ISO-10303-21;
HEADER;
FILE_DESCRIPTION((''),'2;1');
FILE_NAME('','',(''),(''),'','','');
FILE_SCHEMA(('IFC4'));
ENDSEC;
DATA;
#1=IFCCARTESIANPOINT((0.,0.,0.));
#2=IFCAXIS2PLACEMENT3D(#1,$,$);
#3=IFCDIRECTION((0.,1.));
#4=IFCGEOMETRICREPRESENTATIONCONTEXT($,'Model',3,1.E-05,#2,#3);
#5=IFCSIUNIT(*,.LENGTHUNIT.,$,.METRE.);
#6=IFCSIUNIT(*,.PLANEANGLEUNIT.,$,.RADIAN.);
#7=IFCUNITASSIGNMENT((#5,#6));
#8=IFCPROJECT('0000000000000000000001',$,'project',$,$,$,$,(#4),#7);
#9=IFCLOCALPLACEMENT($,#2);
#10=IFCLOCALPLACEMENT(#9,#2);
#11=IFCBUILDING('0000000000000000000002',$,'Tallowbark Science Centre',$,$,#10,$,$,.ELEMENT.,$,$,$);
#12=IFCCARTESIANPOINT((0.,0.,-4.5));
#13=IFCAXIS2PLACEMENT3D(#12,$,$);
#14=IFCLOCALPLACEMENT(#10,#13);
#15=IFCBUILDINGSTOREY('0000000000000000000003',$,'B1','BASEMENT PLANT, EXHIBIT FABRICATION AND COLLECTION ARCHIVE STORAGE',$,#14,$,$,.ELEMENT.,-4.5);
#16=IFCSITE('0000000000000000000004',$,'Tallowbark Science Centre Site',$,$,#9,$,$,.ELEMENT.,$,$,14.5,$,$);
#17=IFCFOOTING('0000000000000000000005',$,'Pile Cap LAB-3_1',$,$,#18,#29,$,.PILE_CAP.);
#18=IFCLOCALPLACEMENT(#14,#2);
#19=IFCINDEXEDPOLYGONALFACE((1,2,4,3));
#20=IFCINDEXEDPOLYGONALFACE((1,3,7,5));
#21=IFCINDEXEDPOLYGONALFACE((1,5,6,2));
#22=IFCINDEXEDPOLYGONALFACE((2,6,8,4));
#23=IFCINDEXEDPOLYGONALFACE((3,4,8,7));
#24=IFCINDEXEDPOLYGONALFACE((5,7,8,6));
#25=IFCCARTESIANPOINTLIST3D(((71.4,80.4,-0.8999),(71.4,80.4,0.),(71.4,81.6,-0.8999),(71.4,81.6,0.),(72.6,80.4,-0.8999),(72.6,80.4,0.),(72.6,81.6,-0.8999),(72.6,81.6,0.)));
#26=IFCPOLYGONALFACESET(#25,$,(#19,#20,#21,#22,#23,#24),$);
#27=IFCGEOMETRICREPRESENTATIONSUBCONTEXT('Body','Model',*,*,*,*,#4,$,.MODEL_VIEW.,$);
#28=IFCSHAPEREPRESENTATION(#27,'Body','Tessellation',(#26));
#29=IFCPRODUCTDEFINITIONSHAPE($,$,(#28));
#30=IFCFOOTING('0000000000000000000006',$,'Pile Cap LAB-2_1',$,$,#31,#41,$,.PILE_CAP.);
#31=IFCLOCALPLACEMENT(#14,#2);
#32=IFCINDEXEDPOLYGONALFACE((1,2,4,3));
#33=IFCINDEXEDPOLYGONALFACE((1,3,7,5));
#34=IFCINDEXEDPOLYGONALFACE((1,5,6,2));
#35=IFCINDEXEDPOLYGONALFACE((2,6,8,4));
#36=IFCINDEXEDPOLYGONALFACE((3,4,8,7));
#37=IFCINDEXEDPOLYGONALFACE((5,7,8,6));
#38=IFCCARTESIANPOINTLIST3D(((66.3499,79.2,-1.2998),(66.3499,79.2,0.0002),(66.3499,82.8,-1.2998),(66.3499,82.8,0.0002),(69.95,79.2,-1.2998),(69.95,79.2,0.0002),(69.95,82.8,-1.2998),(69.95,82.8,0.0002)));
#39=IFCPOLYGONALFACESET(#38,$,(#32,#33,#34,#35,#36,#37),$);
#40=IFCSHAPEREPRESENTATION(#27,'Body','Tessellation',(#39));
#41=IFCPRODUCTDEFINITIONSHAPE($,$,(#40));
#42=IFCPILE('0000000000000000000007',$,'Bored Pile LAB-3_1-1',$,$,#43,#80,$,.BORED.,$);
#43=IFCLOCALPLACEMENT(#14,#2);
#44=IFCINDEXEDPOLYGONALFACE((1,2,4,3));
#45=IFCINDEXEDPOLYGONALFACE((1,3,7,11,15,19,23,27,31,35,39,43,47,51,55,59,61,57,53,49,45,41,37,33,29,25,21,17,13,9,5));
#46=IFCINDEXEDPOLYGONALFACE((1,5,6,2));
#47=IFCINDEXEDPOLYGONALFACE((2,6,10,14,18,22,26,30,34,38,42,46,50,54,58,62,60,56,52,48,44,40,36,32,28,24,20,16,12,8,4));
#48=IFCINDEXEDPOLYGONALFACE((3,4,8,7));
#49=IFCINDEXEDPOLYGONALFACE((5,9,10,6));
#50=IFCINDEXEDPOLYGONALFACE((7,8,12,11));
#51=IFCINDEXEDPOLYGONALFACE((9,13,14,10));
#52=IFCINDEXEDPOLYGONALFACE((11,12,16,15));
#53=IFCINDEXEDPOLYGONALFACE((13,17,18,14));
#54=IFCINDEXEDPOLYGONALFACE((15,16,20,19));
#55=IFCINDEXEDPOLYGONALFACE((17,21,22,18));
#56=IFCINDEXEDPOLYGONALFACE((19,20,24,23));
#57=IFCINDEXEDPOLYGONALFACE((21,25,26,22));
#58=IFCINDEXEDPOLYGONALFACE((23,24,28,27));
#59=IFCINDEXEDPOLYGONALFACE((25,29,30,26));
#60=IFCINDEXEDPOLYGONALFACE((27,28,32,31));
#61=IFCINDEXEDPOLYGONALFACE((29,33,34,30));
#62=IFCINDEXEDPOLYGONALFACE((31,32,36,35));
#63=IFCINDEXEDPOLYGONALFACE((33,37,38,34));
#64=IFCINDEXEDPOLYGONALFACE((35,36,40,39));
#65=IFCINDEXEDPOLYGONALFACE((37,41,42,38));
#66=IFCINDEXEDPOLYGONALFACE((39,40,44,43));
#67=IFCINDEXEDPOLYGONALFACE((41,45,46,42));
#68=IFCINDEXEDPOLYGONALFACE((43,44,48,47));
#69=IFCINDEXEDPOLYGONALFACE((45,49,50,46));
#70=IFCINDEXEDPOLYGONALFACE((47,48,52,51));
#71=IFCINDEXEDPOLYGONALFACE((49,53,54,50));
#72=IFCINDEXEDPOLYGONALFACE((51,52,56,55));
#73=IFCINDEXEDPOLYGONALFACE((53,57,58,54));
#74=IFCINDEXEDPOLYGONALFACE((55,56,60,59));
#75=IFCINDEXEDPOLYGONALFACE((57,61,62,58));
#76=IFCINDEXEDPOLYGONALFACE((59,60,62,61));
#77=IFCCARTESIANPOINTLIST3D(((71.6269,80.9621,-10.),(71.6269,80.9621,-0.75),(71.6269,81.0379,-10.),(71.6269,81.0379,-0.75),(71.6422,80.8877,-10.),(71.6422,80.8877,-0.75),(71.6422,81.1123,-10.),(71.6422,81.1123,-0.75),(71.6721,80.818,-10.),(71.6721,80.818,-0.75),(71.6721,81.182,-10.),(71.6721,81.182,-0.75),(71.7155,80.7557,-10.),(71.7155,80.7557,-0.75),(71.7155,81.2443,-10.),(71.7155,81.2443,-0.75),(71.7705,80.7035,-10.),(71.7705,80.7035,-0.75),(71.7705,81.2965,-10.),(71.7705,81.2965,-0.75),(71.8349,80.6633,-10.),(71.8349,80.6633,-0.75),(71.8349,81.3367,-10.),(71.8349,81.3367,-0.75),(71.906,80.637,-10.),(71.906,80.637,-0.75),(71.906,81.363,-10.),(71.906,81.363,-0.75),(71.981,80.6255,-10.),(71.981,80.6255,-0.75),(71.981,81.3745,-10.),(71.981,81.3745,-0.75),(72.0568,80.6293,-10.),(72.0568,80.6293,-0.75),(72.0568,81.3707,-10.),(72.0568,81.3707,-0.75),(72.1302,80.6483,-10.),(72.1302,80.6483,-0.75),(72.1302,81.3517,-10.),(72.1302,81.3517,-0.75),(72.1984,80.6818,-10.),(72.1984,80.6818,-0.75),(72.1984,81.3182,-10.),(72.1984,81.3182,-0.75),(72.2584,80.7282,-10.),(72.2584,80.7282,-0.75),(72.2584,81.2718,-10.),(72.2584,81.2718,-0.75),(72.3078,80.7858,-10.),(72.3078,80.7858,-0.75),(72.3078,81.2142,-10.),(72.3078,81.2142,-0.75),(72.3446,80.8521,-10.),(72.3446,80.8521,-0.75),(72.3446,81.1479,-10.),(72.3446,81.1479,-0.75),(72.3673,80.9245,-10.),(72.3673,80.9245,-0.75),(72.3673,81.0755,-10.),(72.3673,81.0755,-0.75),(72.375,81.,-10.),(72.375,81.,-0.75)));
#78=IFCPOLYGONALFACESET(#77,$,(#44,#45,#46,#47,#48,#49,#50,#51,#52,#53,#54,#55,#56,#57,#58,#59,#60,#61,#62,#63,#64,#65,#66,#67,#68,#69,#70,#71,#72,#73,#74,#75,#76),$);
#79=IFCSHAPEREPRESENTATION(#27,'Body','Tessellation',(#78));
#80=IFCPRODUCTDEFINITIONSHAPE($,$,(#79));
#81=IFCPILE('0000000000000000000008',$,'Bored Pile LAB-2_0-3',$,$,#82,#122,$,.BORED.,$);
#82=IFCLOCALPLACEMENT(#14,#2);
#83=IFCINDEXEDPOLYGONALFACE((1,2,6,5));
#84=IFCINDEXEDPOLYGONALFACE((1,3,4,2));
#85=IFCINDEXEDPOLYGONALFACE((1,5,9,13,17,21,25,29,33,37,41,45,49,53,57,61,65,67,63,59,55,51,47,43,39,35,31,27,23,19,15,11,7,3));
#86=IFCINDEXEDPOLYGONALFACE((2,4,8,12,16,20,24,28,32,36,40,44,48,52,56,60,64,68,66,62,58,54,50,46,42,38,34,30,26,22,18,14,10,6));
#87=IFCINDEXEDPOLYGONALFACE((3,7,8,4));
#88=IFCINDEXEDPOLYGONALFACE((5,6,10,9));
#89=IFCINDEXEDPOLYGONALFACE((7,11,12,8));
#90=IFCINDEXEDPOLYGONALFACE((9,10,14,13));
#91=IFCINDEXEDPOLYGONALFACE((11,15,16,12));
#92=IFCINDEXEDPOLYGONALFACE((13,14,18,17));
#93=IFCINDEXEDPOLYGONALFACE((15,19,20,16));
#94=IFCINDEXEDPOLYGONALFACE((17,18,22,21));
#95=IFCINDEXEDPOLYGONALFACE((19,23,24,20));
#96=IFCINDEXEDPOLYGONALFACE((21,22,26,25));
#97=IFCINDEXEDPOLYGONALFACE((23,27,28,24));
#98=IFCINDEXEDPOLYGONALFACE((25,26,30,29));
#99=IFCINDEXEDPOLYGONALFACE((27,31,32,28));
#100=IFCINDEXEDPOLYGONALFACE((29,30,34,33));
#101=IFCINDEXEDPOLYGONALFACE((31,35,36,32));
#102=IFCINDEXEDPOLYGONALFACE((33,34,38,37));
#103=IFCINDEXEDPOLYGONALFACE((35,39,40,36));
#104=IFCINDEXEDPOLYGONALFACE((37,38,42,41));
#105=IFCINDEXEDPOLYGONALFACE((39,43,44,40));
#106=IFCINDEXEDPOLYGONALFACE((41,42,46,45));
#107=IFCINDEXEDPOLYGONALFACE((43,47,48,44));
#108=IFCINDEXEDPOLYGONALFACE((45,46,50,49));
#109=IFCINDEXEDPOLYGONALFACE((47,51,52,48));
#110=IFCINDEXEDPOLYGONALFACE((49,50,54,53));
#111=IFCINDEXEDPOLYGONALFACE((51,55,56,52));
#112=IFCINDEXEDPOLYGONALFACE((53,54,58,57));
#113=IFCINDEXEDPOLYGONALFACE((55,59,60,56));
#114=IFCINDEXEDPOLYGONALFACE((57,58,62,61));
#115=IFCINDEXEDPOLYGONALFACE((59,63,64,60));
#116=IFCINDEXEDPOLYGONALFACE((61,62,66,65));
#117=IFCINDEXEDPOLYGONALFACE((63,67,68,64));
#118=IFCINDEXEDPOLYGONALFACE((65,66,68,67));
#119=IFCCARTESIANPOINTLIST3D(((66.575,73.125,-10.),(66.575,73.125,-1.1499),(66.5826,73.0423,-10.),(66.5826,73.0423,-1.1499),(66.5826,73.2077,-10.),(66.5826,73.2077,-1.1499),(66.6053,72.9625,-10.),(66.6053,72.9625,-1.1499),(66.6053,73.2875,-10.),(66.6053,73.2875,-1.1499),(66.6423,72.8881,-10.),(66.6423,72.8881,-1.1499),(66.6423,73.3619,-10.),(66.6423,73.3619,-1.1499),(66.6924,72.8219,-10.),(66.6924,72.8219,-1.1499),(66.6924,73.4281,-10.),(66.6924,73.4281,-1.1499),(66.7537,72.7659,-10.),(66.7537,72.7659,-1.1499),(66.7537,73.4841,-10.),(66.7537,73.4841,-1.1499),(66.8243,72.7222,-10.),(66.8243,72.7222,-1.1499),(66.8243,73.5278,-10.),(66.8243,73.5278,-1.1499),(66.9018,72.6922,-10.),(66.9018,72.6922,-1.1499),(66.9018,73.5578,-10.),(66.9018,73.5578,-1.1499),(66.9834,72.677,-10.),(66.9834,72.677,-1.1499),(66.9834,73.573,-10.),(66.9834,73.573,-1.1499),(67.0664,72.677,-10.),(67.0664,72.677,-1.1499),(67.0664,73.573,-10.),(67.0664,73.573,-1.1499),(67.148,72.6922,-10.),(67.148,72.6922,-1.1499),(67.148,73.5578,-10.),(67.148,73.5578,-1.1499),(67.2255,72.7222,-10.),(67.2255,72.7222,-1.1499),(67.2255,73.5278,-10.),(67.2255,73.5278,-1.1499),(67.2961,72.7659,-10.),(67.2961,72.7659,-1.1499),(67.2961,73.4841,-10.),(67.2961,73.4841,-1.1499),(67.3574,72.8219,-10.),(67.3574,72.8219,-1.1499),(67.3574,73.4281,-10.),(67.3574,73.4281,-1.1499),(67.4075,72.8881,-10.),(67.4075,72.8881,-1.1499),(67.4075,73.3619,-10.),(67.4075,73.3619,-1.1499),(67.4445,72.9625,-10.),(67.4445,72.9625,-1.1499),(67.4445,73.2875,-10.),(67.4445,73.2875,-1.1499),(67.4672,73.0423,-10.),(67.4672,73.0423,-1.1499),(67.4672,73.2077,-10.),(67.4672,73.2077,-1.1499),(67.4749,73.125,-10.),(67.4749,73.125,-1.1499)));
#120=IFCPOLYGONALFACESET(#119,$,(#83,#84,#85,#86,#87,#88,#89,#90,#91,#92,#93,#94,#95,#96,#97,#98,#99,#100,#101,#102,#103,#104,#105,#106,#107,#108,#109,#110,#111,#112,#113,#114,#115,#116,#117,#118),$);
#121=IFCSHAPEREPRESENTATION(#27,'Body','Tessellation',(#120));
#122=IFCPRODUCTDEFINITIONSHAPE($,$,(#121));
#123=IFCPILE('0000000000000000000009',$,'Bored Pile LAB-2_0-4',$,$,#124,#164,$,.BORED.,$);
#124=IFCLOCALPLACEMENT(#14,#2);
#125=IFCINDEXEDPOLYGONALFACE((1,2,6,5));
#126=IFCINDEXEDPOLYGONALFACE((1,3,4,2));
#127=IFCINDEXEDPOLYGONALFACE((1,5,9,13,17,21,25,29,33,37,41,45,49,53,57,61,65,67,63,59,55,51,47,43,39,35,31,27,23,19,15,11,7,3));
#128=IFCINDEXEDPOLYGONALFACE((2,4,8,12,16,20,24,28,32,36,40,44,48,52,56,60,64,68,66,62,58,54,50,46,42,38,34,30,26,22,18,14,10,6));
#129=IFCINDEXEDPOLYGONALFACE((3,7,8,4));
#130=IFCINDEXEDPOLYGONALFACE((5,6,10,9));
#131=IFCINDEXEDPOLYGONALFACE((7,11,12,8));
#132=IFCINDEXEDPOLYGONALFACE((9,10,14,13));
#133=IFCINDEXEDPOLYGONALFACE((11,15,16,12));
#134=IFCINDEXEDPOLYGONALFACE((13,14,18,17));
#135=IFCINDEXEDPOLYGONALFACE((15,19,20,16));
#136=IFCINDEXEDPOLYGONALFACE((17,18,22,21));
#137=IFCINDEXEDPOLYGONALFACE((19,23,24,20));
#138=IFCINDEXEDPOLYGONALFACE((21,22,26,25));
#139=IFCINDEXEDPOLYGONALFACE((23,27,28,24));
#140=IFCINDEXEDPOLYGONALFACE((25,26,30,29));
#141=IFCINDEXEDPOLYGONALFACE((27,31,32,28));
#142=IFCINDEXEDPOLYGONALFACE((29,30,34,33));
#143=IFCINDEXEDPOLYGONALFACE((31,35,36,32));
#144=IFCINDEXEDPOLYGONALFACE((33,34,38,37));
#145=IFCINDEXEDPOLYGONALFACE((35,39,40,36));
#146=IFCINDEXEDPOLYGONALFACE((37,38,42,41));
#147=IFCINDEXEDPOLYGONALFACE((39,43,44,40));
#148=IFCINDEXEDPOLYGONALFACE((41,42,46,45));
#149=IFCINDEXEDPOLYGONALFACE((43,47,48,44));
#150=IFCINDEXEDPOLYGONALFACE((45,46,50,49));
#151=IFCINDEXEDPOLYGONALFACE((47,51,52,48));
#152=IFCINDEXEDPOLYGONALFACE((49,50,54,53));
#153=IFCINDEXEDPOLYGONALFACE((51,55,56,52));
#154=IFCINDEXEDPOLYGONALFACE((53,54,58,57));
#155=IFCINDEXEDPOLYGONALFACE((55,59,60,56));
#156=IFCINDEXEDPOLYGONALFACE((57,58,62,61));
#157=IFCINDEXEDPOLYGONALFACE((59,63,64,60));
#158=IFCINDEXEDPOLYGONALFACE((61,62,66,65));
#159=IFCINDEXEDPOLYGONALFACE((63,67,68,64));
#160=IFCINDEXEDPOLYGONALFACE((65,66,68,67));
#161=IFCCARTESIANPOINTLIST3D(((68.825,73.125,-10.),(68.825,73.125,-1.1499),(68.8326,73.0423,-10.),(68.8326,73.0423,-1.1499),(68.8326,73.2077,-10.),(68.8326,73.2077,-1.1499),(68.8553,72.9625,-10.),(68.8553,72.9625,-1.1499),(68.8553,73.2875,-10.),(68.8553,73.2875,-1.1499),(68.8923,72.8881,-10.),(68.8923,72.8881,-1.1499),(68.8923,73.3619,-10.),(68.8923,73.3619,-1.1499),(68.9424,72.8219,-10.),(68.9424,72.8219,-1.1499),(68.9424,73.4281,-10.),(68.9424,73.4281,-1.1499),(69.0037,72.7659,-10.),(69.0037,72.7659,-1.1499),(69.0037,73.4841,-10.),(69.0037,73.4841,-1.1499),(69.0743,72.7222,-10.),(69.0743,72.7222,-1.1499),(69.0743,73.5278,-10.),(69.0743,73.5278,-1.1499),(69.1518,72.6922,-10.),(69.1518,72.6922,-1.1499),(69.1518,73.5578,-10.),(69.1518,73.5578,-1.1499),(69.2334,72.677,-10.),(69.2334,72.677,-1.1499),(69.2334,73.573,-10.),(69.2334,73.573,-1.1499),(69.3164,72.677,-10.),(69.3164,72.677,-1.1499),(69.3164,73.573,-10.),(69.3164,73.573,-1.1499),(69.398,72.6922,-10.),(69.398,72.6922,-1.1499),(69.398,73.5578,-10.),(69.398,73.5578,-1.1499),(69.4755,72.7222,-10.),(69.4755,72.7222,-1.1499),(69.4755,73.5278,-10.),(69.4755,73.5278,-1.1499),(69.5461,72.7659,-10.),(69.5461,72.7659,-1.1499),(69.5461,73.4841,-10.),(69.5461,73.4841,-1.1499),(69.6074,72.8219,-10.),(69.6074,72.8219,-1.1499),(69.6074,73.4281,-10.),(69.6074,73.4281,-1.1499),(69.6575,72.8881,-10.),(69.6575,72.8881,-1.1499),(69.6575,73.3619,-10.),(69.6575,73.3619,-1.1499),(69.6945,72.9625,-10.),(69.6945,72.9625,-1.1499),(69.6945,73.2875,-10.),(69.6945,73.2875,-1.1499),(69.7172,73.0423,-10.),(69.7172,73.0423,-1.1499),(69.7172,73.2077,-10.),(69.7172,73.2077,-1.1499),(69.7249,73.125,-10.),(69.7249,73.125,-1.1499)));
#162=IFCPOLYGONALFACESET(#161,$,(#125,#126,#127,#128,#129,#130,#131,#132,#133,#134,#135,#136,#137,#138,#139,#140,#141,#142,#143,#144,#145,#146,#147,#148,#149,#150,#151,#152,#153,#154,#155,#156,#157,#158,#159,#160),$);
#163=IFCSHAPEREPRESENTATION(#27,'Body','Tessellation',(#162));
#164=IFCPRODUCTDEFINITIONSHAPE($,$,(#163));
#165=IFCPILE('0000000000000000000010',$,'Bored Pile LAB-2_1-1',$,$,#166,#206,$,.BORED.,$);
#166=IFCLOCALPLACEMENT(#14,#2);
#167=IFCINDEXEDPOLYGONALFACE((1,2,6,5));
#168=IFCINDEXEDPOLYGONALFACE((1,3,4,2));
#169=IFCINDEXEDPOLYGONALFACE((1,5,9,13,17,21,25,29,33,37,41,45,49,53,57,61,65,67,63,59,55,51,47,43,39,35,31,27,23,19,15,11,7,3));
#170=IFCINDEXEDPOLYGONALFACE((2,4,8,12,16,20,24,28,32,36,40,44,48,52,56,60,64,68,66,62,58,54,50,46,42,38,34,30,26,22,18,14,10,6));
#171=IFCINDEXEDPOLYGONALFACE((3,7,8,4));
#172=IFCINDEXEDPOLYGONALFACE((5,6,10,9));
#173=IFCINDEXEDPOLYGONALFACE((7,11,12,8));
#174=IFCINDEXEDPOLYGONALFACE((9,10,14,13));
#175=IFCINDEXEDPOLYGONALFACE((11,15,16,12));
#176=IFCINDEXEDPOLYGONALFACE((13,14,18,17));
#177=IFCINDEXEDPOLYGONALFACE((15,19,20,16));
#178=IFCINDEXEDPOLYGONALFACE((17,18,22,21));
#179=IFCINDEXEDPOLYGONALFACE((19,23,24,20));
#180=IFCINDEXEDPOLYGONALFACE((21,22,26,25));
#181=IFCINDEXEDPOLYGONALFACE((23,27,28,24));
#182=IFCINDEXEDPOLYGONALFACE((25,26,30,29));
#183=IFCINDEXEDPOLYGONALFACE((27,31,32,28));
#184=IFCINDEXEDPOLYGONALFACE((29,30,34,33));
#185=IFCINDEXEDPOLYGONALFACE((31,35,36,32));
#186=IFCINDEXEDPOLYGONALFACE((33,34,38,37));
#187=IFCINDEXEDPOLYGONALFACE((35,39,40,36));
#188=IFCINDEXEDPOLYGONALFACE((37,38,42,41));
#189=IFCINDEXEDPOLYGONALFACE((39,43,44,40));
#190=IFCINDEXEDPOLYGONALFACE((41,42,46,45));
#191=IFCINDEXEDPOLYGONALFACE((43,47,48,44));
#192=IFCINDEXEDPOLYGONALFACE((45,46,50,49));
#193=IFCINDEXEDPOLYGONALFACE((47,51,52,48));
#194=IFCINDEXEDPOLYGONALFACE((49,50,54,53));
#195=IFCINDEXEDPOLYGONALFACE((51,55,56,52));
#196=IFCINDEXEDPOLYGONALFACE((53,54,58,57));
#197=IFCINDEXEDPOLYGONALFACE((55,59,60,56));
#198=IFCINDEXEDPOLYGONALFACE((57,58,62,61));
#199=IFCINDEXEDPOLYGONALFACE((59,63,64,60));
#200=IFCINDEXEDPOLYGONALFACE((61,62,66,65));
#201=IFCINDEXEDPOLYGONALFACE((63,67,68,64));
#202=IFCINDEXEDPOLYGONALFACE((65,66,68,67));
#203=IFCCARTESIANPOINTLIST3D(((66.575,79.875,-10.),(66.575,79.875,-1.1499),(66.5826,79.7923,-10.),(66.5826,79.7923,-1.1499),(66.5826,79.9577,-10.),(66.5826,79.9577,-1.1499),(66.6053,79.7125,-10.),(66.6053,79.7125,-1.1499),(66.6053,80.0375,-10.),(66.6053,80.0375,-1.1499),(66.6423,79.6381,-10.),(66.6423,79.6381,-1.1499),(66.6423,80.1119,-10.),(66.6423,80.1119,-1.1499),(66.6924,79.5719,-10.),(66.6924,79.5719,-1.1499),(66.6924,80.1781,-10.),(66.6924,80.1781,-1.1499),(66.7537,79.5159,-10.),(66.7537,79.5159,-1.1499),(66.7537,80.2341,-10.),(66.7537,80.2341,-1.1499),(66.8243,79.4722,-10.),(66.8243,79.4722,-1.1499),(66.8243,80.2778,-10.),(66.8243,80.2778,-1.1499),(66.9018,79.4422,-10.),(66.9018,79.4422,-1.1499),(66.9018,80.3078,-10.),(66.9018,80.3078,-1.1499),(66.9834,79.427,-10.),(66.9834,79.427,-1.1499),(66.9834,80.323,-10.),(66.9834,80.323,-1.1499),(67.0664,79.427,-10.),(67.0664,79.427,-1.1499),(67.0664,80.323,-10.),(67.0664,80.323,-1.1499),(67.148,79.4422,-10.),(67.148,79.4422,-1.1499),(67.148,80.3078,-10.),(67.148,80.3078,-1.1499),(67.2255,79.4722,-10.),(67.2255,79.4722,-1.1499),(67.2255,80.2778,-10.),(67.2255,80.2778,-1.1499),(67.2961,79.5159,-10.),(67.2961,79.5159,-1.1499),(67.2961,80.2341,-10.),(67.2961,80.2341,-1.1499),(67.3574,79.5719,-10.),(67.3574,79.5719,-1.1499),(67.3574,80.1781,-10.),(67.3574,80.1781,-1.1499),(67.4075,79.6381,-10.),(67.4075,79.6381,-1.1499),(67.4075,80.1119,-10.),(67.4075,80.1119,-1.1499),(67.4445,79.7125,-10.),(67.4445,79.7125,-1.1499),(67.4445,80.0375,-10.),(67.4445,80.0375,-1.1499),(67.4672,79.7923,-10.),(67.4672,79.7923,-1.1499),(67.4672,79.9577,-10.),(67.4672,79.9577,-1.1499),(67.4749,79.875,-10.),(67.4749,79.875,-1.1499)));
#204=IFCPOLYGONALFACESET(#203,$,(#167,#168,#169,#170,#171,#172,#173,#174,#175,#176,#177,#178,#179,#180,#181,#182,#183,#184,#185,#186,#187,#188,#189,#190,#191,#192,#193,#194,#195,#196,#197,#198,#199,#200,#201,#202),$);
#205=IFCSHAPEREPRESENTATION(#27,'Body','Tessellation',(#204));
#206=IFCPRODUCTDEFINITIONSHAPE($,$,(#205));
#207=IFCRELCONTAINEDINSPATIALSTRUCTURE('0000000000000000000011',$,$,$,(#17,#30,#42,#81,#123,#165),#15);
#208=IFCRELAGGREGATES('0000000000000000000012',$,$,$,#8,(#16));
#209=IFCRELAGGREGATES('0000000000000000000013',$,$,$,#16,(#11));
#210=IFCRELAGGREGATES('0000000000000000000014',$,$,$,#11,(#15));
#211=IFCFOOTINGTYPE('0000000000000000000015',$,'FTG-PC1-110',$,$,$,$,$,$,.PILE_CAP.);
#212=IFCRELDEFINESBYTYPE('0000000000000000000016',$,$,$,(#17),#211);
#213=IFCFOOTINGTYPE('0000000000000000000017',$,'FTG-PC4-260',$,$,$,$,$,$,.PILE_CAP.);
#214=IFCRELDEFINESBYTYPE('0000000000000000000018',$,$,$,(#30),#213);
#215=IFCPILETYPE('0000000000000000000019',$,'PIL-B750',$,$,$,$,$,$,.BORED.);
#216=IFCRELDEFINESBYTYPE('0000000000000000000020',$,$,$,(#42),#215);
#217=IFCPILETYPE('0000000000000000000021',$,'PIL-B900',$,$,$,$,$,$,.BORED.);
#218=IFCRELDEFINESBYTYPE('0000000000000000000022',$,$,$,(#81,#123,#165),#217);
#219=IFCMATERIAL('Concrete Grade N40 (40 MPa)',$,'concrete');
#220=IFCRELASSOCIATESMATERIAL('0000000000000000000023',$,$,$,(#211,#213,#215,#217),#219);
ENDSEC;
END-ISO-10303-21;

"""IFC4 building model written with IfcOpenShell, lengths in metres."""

from ifc_helpers import new_model, si_unit, direction, frame, origin, origin_2d, place, context, subcontext, project, spatial, rectangle, circle, extrude, material, material_profile, profile_set, type_object, element, save


model = new_model("IFC4")

# Units and contexts
model_context = context("Model", 3, precision=1e-05, world=origin(), true_north=direction((0.0, 1.0)))
body_context = subcontext(model_context, "Body", "Model", "MODEL_VIEW")
ifc_project = project(units=[si_unit("LENGTHUNIT", "METRE"), si_unit("PLANEANGLEUNIT", "RADIAN")], contexts=[model_context])

# Site, building, storey
site_placement = place(None, origin())
site = spatial("IfcSite", under=ifc_project, at=site_placement, Name="Tallowbark Science Centre Site", CompositionType="ELEMENT", RefElevation=14.5)
building_placement = place(site_placement, origin())
building = spatial("IfcBuilding", under=site, at=building_placement, Name="Tallowbark Science Centre", CompositionType="ELEMENT")
storey_placement = place(building_placement, frame((0.0, 0.0, -4.5)))
storey = spatial("IfcBuildingStorey", under=building, at=storey_placement, Name="B1", Description="BASEMENT PLANT, EXHIBIT FABRICATION AND COLLECTION ARCHIVE STORAGE", CompositionType="ELEMENT", Elevation=-4.5)

# Footings
ifc_material_1 = material(Name="Concrete Grade N40 (40 MPa)", Category="concrete")
footing_type_1 = type_object("IfcFootingType", Name="FTG-PC1-110", PredefinedType="PILE_CAP", material=ifc_material_1)
footing_1_placement = place(storey_placement, frame((72.0, 81.0, -0.8999), z_axis=(0.0, 0.0, 1.0), x_axis=(1.0, 0.0, 0.0)))
element("IfcFooting", 1, at=footing_1_placement, inside=storey, type_object=footing_type_1, Name="Pile Cap LAB-3_1", PredefinedType="PILE_CAP", context=body_context, shape_type="SweptSolid", body=[
    extrude(rectangle(XDim=1.2, YDim=1.2, at=origin_2d()), origin(), (0.0, 0.0, 1.0), 0.8999),
])
footing_type_2 = type_object("IfcFootingType", Name="FTG-PC4-260", PredefinedType="PILE_CAP", material=ifc_material_1)
footing_2_placement = place(storey_placement, frame((68.1499, 81.0, -1.2998), z_axis=(0.0, 0.0, 1.0), x_axis=(1.0, 0.0, 0.0)))
element("IfcFooting", 2, at=footing_2_placement, inside=storey, type_object=footing_type_2, Name="Pile Cap LAB-2_1", PredefinedType="PILE_CAP", context=body_context, shape_type="SweptSolid", body=[
    extrude(rectangle(XDim=3.6001, YDim=3.6001, at=origin_2d()), origin(), (0.0, 0.0, 1.0), 1.3),
])

# Piles
ifc_material_profile_1 = material_profile(ifc_material_1, circle(Radius=0.375, at=origin_2d()), Name="PILE750")
ifc_profile_set_1 = profile_set([ifc_material_profile_1], Name="Concrete Grade N40 (40 MPa)")
pile_type_1 = type_object("IfcPileType", Name="PIL-B750", PredefinedType="BORED", material=ifc_profile_set_1)
pile_placement = place(storey_placement, frame((72.0, 81.0, -0.75), z_axis=(0.0, 0.0, -1.0), x_axis=(1.0, 0.0, 0.0)))
element("IfcPile", 3, at=pile_placement, inside=storey, type_object=pile_type_1, Name="Bored Pile LAB-3_1-1", PredefinedType="BORED", context=body_context, shape_type="SweptSolid", body=[
    extrude(circle(Radius=0.375, at=origin_2d()), origin(), (0.0, 0.0, 1.0), 9.25),
])
ifc_material_profile_2 = material_profile(ifc_material_1, circle(Radius=0.45, at=origin_2d()), Name="PILE900")
ifc_profile_set_2 = profile_set([ifc_material_profile_2], Name="Concrete Grade N40 (40 MPa)")
pile_type_2 = type_object("IfcPileType", Name="PIL-B900", PredefinedType="BORED", material=ifc_profile_set_2)
for number, where, z_axis, x_axis, name in (
    (4, (67.0249, 73.125, -1.1499), (0.0, 0.0, -1.0), (1.0, 0.0, 0.0), "Bored Pile LAB-2_0-3"),
    (5, (69.2749, 73.125, -1.1499), (0.0, 0.0, -1.0), (1.0, 0.0, 0.0), "Bored Pile LAB-2_0-4"),
    (6, (67.0249, 79.875, -1.1499), (0.0, 0.0, -1.0), (1.0, 0.0, 0.0), "Bored Pile LAB-2_1-1"),
):
    element("IfcPile", number, at=place(storey_placement, frame(where, z_axis=z_axis, x_axis=x_axis)), inside=storey, type_object=pile_type_2, Name=name, PredefinedType="BORED", context=body_context, shape_type="SweptSolid", body=[
        extrude(circle(Radius=0.45, at=origin_2d()), origin(), (0.0, 0.0, 1.0), 8.8501),
    ])

save(model, "model.ifc")
